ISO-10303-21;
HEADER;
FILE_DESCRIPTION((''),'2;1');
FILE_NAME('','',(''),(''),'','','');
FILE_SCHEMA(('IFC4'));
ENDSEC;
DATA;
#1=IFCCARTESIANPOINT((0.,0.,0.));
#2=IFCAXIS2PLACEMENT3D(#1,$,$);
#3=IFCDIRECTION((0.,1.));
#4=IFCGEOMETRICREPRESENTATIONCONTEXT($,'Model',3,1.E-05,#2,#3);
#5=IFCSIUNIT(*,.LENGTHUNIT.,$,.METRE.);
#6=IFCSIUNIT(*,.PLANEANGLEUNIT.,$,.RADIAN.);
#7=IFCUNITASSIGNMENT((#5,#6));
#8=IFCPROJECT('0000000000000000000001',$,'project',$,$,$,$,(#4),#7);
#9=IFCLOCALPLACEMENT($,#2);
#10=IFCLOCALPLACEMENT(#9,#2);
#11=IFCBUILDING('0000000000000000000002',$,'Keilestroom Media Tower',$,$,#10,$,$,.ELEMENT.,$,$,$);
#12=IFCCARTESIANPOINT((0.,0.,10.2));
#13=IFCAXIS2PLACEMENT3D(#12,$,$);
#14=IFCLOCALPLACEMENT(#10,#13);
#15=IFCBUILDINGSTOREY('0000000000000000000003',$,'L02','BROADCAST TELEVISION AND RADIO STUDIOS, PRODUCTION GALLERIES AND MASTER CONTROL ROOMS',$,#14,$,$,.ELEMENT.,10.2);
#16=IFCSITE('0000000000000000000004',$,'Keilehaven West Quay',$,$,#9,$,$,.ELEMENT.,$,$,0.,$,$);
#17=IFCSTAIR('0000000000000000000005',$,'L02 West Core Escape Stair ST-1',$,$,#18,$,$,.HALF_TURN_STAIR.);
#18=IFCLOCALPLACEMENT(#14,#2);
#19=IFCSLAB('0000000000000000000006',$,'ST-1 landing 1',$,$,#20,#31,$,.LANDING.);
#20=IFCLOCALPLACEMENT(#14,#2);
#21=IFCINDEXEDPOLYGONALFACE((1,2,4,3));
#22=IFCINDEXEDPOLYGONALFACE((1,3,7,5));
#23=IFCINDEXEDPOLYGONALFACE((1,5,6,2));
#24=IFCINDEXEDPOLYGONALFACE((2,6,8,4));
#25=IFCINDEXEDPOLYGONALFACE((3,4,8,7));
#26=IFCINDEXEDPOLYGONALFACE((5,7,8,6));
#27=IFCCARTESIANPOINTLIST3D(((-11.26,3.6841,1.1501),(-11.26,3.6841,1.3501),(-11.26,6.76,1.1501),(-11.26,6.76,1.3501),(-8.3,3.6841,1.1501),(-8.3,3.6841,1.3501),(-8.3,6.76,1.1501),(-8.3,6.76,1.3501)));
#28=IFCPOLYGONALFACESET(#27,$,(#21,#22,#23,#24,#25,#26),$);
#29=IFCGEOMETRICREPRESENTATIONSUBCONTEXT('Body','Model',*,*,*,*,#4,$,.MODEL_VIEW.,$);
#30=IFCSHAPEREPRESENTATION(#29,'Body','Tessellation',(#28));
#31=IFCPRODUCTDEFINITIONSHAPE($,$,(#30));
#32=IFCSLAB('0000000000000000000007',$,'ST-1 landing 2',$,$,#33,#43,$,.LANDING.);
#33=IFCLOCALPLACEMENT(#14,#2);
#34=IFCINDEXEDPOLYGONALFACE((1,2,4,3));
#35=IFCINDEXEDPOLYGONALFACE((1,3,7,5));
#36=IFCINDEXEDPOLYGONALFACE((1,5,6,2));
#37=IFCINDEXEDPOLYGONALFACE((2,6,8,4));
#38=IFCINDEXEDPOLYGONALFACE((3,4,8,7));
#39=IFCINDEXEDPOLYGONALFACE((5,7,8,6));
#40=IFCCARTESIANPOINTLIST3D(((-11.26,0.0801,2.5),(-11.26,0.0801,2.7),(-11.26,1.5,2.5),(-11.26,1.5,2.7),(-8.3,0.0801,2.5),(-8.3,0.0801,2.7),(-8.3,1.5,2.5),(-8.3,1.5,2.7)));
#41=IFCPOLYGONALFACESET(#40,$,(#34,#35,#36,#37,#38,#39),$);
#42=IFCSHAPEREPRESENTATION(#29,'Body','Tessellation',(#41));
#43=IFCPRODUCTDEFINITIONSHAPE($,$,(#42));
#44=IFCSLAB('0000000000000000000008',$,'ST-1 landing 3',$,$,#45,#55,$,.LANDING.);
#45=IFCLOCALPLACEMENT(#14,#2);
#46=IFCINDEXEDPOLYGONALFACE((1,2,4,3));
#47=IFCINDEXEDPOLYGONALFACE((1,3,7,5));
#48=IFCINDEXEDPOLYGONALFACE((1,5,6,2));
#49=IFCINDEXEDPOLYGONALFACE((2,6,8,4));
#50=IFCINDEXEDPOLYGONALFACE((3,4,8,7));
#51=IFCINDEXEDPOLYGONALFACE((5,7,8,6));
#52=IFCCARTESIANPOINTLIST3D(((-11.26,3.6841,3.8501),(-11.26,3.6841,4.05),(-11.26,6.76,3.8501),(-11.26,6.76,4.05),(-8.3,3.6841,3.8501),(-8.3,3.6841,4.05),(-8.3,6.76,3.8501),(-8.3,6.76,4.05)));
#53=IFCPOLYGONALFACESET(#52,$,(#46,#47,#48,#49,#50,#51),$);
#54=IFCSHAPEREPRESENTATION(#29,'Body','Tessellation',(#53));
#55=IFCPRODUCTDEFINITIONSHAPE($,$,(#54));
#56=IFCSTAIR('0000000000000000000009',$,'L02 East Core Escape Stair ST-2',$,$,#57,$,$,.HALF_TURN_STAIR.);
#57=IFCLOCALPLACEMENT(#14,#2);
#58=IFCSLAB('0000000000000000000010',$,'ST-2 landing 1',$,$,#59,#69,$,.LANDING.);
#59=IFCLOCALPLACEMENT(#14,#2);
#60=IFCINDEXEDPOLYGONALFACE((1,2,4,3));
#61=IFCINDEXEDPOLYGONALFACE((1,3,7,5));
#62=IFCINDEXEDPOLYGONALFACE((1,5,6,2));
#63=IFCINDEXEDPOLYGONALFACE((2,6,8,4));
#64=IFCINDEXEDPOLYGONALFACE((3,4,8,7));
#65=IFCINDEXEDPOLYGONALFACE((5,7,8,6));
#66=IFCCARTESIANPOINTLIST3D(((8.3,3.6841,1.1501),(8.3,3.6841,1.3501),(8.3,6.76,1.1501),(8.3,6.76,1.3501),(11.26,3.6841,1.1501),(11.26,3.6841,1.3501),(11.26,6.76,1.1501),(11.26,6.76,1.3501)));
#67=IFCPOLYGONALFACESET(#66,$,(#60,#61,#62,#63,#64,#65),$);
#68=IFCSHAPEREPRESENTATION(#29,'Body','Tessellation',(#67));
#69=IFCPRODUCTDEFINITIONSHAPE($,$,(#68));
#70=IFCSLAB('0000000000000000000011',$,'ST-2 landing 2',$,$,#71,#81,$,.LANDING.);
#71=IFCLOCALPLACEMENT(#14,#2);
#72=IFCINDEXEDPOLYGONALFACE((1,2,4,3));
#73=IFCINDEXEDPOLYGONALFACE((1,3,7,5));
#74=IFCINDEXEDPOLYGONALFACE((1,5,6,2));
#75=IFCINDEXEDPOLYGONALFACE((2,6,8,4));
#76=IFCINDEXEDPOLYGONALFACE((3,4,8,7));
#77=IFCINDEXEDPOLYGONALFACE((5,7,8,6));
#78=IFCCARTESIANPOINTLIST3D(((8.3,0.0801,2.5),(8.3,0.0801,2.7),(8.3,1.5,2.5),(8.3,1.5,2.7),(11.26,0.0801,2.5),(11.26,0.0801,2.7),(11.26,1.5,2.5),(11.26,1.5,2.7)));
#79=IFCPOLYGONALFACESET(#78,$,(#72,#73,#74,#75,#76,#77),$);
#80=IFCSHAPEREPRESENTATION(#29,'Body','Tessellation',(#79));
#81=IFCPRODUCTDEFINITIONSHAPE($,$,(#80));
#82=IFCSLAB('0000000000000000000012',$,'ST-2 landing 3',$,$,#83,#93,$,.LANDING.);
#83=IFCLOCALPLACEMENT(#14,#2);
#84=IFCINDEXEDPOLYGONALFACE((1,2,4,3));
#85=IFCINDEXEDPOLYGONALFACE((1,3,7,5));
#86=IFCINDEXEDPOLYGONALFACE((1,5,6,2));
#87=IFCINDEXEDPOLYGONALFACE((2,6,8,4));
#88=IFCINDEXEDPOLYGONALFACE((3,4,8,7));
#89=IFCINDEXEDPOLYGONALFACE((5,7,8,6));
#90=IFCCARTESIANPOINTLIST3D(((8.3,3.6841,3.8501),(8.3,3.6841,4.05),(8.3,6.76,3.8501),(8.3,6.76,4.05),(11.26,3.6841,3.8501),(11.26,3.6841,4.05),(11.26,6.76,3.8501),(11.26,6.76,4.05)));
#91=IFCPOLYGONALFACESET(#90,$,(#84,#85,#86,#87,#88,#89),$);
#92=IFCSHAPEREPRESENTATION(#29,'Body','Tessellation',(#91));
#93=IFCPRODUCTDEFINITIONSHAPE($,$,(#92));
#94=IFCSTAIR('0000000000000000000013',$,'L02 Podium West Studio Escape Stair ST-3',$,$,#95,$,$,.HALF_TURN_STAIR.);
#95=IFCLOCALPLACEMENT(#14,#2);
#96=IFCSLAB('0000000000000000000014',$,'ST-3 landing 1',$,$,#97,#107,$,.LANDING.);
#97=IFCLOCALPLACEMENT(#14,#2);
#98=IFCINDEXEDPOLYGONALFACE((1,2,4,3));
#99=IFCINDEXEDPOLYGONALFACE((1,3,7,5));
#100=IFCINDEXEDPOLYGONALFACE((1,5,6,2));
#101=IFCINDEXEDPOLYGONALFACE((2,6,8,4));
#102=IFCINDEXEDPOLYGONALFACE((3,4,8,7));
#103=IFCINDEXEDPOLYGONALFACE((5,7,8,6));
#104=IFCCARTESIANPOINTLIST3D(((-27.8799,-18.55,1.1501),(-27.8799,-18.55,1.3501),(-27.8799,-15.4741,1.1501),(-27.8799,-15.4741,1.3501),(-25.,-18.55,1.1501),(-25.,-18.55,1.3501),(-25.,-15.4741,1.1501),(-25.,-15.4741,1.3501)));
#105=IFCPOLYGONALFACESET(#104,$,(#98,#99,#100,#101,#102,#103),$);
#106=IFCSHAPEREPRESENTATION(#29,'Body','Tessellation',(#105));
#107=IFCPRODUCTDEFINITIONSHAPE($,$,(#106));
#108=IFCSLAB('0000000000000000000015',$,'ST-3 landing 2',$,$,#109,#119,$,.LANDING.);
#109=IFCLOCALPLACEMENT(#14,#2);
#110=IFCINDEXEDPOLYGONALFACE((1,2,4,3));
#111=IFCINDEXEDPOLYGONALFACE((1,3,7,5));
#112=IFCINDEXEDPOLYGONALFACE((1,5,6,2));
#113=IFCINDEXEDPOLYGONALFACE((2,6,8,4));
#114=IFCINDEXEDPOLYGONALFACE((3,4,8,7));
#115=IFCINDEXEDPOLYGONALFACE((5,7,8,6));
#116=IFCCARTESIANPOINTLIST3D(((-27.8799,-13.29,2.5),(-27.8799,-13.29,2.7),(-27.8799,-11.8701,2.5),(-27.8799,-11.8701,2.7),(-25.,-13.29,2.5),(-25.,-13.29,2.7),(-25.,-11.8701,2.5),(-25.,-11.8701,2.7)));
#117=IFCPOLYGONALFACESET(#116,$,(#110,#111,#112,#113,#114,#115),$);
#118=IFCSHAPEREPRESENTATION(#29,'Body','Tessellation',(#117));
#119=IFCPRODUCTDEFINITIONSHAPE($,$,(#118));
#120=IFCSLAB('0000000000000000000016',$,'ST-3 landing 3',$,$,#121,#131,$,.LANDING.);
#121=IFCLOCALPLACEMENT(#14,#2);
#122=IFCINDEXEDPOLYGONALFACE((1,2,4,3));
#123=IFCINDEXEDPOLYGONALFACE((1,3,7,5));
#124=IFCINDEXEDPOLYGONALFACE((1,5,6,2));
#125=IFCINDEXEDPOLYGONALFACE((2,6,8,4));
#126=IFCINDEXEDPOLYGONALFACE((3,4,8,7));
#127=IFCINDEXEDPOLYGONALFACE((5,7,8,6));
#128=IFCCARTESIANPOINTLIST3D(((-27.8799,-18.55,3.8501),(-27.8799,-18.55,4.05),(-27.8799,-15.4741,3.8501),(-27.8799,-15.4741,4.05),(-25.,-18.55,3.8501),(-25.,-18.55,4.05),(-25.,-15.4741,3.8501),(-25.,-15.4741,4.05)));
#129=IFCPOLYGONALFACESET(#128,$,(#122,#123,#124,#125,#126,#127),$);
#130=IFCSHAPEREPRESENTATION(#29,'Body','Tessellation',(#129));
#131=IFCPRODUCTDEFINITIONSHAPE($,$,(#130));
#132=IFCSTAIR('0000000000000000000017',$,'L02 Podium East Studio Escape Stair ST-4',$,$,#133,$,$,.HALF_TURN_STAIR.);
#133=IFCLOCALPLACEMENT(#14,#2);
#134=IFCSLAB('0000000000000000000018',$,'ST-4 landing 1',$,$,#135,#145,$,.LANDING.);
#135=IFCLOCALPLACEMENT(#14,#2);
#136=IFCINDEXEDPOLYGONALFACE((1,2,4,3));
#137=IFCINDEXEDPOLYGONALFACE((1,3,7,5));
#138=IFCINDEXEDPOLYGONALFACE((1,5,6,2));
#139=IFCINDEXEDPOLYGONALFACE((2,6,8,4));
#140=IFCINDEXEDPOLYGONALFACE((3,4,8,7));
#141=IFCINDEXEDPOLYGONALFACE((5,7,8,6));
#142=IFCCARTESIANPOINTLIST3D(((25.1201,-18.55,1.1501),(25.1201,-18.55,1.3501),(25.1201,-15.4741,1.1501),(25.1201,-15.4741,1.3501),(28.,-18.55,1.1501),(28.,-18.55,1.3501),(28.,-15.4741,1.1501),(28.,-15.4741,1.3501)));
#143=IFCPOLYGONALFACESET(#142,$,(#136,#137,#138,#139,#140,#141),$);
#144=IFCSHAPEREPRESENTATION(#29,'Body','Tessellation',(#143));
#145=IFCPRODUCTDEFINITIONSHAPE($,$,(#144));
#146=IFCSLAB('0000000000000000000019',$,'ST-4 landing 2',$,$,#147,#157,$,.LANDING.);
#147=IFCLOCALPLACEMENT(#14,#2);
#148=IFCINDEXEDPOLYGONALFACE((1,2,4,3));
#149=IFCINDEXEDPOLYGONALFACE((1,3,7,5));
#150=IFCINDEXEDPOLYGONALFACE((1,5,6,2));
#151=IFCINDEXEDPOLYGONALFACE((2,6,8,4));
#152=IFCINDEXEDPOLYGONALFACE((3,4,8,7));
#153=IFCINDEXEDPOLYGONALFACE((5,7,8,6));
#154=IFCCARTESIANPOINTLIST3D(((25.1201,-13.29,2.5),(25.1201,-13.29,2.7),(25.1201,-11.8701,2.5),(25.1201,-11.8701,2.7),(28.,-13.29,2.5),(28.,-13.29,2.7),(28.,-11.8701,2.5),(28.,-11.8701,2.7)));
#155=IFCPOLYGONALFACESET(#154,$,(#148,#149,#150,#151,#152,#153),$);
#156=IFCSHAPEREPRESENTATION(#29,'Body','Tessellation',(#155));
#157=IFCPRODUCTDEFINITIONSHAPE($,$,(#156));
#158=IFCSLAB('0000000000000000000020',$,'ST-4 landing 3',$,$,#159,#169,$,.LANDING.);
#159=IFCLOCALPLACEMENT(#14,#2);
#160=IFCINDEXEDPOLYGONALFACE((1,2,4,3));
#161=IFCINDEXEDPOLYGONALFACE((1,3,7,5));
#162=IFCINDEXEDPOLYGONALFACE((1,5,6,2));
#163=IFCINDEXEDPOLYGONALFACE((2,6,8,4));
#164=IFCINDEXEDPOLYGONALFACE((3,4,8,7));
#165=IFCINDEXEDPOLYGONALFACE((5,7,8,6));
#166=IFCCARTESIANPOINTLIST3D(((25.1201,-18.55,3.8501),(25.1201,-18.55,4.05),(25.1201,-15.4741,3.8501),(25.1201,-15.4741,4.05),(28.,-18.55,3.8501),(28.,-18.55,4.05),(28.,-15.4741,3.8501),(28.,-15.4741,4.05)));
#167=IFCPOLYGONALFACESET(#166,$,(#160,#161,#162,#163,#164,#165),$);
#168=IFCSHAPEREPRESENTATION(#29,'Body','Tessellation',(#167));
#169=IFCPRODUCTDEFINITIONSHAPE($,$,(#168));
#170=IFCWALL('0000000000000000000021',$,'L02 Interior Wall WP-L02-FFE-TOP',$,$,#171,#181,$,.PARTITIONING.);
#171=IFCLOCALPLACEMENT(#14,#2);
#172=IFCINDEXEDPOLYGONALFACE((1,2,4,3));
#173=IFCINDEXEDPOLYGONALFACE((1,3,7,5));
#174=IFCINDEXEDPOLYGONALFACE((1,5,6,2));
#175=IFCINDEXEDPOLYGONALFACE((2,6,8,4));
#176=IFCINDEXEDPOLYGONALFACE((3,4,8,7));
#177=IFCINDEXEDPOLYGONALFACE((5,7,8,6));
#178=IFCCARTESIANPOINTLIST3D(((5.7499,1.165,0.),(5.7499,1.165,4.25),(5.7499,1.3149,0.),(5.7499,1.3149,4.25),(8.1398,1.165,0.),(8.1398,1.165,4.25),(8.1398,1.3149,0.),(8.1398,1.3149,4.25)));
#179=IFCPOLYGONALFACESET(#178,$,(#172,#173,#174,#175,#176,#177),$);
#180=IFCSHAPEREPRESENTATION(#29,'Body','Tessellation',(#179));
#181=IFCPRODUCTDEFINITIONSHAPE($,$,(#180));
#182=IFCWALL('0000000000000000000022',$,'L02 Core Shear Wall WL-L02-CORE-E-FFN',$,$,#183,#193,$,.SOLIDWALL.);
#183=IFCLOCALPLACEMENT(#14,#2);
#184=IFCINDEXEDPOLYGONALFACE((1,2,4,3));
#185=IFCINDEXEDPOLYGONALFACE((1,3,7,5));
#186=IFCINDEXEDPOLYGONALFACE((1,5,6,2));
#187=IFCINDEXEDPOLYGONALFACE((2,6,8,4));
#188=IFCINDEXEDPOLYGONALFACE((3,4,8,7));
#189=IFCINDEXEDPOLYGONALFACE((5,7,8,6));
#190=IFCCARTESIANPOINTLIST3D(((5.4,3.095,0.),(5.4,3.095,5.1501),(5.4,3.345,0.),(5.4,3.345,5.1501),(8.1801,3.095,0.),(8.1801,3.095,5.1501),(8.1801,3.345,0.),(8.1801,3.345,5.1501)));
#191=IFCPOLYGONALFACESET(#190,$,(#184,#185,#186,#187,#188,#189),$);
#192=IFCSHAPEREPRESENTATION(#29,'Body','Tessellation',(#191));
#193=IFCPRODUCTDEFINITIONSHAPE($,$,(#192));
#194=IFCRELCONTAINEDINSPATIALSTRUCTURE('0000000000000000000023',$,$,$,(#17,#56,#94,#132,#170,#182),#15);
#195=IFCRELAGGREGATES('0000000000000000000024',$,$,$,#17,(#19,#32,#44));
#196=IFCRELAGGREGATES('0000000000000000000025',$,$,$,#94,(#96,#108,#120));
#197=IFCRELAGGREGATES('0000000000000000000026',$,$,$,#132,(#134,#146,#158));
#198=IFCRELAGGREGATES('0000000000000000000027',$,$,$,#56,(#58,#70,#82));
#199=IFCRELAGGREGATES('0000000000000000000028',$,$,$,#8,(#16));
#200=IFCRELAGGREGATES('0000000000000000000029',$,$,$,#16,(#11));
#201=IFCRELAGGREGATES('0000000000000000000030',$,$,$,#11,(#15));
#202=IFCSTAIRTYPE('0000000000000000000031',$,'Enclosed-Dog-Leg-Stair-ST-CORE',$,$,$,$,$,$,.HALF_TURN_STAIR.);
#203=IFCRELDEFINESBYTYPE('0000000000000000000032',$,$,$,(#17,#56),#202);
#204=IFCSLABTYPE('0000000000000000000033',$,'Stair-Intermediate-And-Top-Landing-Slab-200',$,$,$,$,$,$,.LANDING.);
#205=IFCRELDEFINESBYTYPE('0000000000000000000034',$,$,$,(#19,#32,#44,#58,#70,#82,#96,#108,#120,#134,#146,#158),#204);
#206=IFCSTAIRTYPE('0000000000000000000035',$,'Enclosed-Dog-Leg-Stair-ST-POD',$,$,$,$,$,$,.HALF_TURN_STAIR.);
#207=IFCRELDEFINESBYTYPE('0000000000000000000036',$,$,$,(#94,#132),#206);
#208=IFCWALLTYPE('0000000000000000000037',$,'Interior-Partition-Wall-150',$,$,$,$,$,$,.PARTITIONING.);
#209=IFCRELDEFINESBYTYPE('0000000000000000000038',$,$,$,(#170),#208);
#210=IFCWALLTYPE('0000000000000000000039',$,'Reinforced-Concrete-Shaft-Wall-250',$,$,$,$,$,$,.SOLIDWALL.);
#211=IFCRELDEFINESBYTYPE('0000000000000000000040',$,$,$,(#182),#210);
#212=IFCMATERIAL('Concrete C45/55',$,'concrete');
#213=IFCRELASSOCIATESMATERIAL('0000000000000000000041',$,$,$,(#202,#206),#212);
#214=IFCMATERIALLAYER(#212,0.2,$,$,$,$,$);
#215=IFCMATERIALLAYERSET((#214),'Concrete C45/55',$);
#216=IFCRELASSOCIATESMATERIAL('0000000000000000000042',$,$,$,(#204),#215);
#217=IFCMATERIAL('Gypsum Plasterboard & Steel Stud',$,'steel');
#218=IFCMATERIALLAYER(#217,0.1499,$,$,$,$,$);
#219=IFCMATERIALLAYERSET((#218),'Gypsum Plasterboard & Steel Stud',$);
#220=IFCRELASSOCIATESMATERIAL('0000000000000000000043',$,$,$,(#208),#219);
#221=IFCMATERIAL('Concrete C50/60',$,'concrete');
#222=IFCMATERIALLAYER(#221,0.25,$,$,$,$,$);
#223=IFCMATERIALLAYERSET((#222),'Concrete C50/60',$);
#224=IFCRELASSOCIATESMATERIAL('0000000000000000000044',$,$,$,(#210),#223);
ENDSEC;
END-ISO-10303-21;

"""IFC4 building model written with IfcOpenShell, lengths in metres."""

from ifc_helpers import new_model, si_unit, direction, frame, frame_2d, origin, place, context, subcontext, project, spatial, polyline, rectangle, outline, extrude, material, layer, layer_set, type_object, element, aggregate, save


model = new_model("IFC4")

# Units and contexts
model_context = context("Model", 3, precision=1e-05, world=origin(), true_north=direction((0.0, 1.0)))
body_context = subcontext(model_context, "Body", "Model", "MODEL_VIEW")
ifc_project = project(units=[si_unit("LENGTHUNIT", "METRE"), si_unit("PLANEANGLEUNIT", "RADIAN")], contexts=[model_context])

# Site, building, storey
site_placement = place(None, origin())
site = spatial("IfcSite", under=ifc_project, at=site_placement, Name="Keilehaven West Quay", CompositionType="ELEMENT", RefElevation=0.0)
building_placement = place(site_placement, origin())
building = spatial("IfcBuilding", under=site, at=building_placement, Name="Keilestroom Media Tower", CompositionType="ELEMENT")
storey_placement = place(building_placement, frame((0.0, 0.0, 10.2)))
storey = spatial("IfcBuildingStorey", under=building, at=storey_placement, Name="L02", Description="BROADCAST TELEVISION AND RADIO STUDIOS, PRODUCTION GALLERIES AND MASTER CONTROL ROOMS", CompositionType="ELEMENT", Elevation=10.2)

# Stairs, slabs
ifc_material_1 = material(Name="Concrete C45/55", Category="concrete")
stair_type_1 = type_object("IfcStairType", Name="Enclosed-Dog-Leg-Stair-ST-CORE", PredefinedType="HALF_TURN_STAIR", material=ifc_material_1)
stair_1_placement = place(storey_placement, origin())
stair_1 = element("IfcStair", 1, at=stair_1_placement, inside=storey, type_object=stair_type_1, Name="L02 West Core Escape Stair ST-1", PredefinedType="HALF_TURN_STAIR")
ifc_layer_1 = layer(ifc_material_1, 0.2)
ifc_layer_set_1 = layer_set([ifc_layer_1], Name="Concrete C45/55")
slab_type = type_object("IfcSlabType", Name="Stair-Intermediate-And-Top-Landing-Slab-200", PredefinedType="LANDING", material=ifc_layer_set_1)
slab_1_placement = place(storey_placement, frame((0.0, 0.0, 1.1501)))
slab_1 = element("IfcSlab", 2, at=slab_1_placement, type_object=slab_type, Name="ST-1 landing 1", PredefinedType="LANDING", context=body_context, shape_type="SweptSolid", body=[
    extrude(outline(polyline([(-8.3, 3.6841), (-8.3, 6.76), (-11.26, 6.76), (-11.26, 3.6841), (-8.3, 3.6841)])), origin(), (0.0, 0.0, 1.0), 0.2),
])
slab_2_placement = place(storey_placement, frame((0.0, 0.0, 2.5)))
slab_2 = element("IfcSlab", 3, at=slab_2_placement, type_object=slab_type, Name="ST-1 landing 2", PredefinedType="LANDING", context=body_context, shape_type="SweptSolid", body=[
    extrude(outline(polyline([(-8.3, 0.0801), (-8.3, 1.5), (-11.26, 1.5), (-11.26, 0.0801), (-8.3, 0.0801)])), origin(), (0.0, 0.0, 1.0), 0.2),
])
slab_3_placement = place(storey_placement, frame((0.0, 0.0, 3.8501)))
slab_3 = element("IfcSlab", 4, at=slab_3_placement, type_object=slab_type, Name="ST-1 landing 3", PredefinedType="LANDING", context=body_context, shape_type="SweptSolid", body=[
    extrude(outline(polyline([(-8.3, 3.6841), (-8.3, 6.76), (-11.26, 6.76), (-11.26, 3.6841), (-8.3, 3.6841)])), origin(), (0.0, 0.0, 1.0), 0.2),
])
aggregate(stair_1, [slab_1, slab_2, slab_3])
stair_2_placement = place(storey_placement, origin())
stair_2 = element("IfcStair", 5, at=stair_2_placement, inside=storey, type_object=stair_type_1, Name="L02 East Core Escape Stair ST-2", PredefinedType="HALF_TURN_STAIR")
slab_4_placement = place(storey_placement, frame((0.0, 0.0, 1.1501)))
slab_4 = element("IfcSlab", 6, at=slab_4_placement, type_object=slab_type, Name="ST-2 landing 1", PredefinedType="LANDING", context=body_context, shape_type="SweptSolid", body=[
    extrude(outline(polyline([(11.26, 3.6841), (11.26, 6.76), (8.3, 6.76), (8.3, 3.6841), (11.26, 3.6841)])), origin(), (0.0, 0.0, 1.0), 0.2),
])
slab_5_placement = place(storey_placement, frame((0.0, 0.0, 2.5)))
slab_5 = element("IfcSlab", 7, at=slab_5_placement, type_object=slab_type, Name="ST-2 landing 2", PredefinedType="LANDING", context=body_context, shape_type="SweptSolid", body=[
    extrude(outline(polyline([(11.26, 0.0801), (11.26, 1.5), (8.3, 1.5), (8.3, 0.0801), (11.26, 0.0801)])), origin(), (0.0, 0.0, 1.0), 0.2),
])
slab_6_placement = place(storey_placement, frame((0.0, 0.0, 3.8501)))
slab_6 = element("IfcSlab", 8, at=slab_6_placement, type_object=slab_type, Name="ST-2 landing 3", PredefinedType="LANDING", context=body_context, shape_type="SweptSolid", body=[
    extrude(outline(polyline([(11.26, 3.6841), (11.26, 6.76), (8.3, 6.76), (8.3, 3.6841), (11.26, 3.6841)])), origin(), (0.0, 0.0, 1.0), 0.2),
])
stair_type_2 = type_object("IfcStairType", Name="Enclosed-Dog-Leg-Stair-ST-POD", PredefinedType="HALF_TURN_STAIR", material=ifc_material_1)
stair_3_placement = place(storey_placement, origin())
stair_3 = element("IfcStair", 9, at=stair_3_placement, inside=storey, type_object=stair_type_2, Name="L02 Podium West Studio Escape Stair ST-3", PredefinedType="HALF_TURN_STAIR")
slab_7_placement = place(storey_placement, frame((0.0, 0.0, 1.1501)))
slab_7 = element("IfcSlab", 10, at=slab_7_placement, type_object=slab_type, Name="ST-3 landing 1", PredefinedType="LANDING", context=body_context, shape_type="SweptSolid", body=[
    extrude(outline(polyline([(-27.8799, -15.4741), (-27.8799, -18.55), (-25.0, -18.55), (-25.0, -15.4741), (-27.8799, -15.4741)])), origin(), (0.0, 0.0, 1.0), 0.2),
])
slab_8_placement = place(storey_placement, frame((0.0, 0.0, 2.5)))
slab_8 = element("IfcSlab", 11, at=slab_8_placement, type_object=slab_type, Name="ST-3 landing 2", PredefinedType="LANDING", context=body_context, shape_type="SweptSolid", body=[
    extrude(outline(polyline([(-27.8799, -11.8701), (-27.8799, -13.29), (-25.0, -13.29), (-25.0, -11.8701), (-27.8799, -11.8701)])), origin(), (0.0, 0.0, 1.0), 0.2),
])
slab_9_placement = place(storey_placement, frame((0.0, 0.0, 3.8501)))
slab_9 = element("IfcSlab", 12, at=slab_9_placement, type_object=slab_type, Name="ST-3 landing 3", PredefinedType="LANDING", context=body_context, shape_type="SweptSolid", body=[
    extrude(outline(polyline([(-27.8799, -15.4741), (-27.8799, -18.55), (-25.0, -18.55), (-25.0, -15.4741), (-27.8799, -15.4741)])), origin(), (0.0, 0.0, 1.0), 0.2),
])
aggregate(stair_3, [slab_7, slab_8, slab_9])
stair_4_placement = place(storey_placement, origin())
stair_4 = element("IfcStair", 13, at=stair_4_placement, inside=storey, type_object=stair_type_2, Name="L02 Podium East Studio Escape Stair ST-4", PredefinedType="HALF_TURN_STAIR")
slab_10_placement = place(storey_placement, frame((0.0, 0.0, 1.1501)))
slab_10 = element("IfcSlab", 14, at=slab_10_placement, type_object=slab_type, Name="ST-4 landing 1", PredefinedType="LANDING", context=body_context, shape_type="SweptSolid", body=[
    extrude(outline(polyline([(25.1201, -15.4741), (25.1201, -18.55), (28.0, -18.55), (28.0, -15.4741), (25.1201, -15.4741)])), origin(), (0.0, 0.0, 1.0), 0.2),
])
slab_11_placement = place(storey_placement, frame((0.0, 0.0, 2.5)))
slab_11 = element("IfcSlab", 15, at=slab_11_placement, type_object=slab_type, Name="ST-4 landing 2", PredefinedType="LANDING", context=body_context, shape_type="SweptSolid", body=[
    extrude(outline(polyline([(25.1201, -11.8701), (25.1201, -13.29), (28.0, -13.29), (28.0, -11.8701), (25.1201, -11.8701)])), origin(), (0.0, 0.0, 1.0), 0.2),
])
slab_12_placement = place(storey_placement, frame((0.0, 0.0, 3.8501)))
slab_12 = element("IfcSlab", 16, at=slab_12_placement, type_object=slab_type, Name="ST-4 landing 3", PredefinedType="LANDING", context=body_context, shape_type="SweptSolid", body=[
    extrude(outline(polyline([(25.1201, -15.4741), (25.1201, -18.55), (28.0, -18.55), (28.0, -15.4741), (25.1201, -15.4741)])), origin(), (0.0, 0.0, 1.0), 0.2),
])
aggregate(stair_4, [slab_10, slab_11, slab_12])

# Walls
ifc_material_2 = material(Name="Gypsum Plasterboard & Steel Stud", Category="steel")
ifc_layer_2 = layer(ifc_material_2, 0.1499)
ifc_layer_set_2 = layer_set([ifc_layer_2], Name="Gypsum Plasterboard & Steel Stud")
wall_type_1 = type_object("IfcWallType", Name="Interior-Partition-Wall-150", PredefinedType="PARTITIONING", material=ifc_layer_set_2)
wall_1_placement = place(storey_placement, frame((5.75, 1.24, 0.0), z_axis=(0.0, 0.0, 1.0), x_axis=(1.0, 0.0, 0.0)))
element("IfcWall", 17, at=wall_1_placement, inside=storey, type_object=wall_type_1, Name="L02 Interior Wall WP-L02-FFE-TOP", PredefinedType="PARTITIONING", context=body_context, shape_type="SweptSolid", body=[
    extrude(rectangle(XDim=2.3899, YDim=0.1499, at=frame_2d((1.1948, 0.0))), origin(), (0.0, 0.0, 1.0), 4.25),
])
ifc_material_3 = material(Name="Concrete C50/60", Category="concrete")
ifc_layer_3 = layer(ifc_material_3, 0.25)
ifc_layer_set_3 = layer_set([ifc_layer_3], Name="Concrete C50/60")
wall_type_2 = type_object("IfcWallType", Name="Reinforced-Concrete-Shaft-Wall-250", PredefinedType="SOLIDWALL", material=ifc_layer_set_3)
wall_2_placement = place(storey_placement, frame((5.3999, 3.22, 0.0), z_axis=(0.0, 0.0, 1.0), x_axis=(1.0, 0.0, 0.0)))
element("IfcWall", 18, at=wall_2_placement, inside=storey, type_object=wall_type_2, Name="L02 Core Shear Wall WL-L02-CORE-E-FFN", PredefinedType="SOLIDWALL", context=body_context, shape_type="SweptSolid", body=[
    extrude(rectangle(XDim=2.78, YDim=0.25, at=frame_2d((1.3901, 0.0))), origin(), (0.0, 0.0, 1.0), 5.1501),
])

aggregate(stair_2, [slab_4, slab_5, slab_6])

save(model, "model.ifc")
